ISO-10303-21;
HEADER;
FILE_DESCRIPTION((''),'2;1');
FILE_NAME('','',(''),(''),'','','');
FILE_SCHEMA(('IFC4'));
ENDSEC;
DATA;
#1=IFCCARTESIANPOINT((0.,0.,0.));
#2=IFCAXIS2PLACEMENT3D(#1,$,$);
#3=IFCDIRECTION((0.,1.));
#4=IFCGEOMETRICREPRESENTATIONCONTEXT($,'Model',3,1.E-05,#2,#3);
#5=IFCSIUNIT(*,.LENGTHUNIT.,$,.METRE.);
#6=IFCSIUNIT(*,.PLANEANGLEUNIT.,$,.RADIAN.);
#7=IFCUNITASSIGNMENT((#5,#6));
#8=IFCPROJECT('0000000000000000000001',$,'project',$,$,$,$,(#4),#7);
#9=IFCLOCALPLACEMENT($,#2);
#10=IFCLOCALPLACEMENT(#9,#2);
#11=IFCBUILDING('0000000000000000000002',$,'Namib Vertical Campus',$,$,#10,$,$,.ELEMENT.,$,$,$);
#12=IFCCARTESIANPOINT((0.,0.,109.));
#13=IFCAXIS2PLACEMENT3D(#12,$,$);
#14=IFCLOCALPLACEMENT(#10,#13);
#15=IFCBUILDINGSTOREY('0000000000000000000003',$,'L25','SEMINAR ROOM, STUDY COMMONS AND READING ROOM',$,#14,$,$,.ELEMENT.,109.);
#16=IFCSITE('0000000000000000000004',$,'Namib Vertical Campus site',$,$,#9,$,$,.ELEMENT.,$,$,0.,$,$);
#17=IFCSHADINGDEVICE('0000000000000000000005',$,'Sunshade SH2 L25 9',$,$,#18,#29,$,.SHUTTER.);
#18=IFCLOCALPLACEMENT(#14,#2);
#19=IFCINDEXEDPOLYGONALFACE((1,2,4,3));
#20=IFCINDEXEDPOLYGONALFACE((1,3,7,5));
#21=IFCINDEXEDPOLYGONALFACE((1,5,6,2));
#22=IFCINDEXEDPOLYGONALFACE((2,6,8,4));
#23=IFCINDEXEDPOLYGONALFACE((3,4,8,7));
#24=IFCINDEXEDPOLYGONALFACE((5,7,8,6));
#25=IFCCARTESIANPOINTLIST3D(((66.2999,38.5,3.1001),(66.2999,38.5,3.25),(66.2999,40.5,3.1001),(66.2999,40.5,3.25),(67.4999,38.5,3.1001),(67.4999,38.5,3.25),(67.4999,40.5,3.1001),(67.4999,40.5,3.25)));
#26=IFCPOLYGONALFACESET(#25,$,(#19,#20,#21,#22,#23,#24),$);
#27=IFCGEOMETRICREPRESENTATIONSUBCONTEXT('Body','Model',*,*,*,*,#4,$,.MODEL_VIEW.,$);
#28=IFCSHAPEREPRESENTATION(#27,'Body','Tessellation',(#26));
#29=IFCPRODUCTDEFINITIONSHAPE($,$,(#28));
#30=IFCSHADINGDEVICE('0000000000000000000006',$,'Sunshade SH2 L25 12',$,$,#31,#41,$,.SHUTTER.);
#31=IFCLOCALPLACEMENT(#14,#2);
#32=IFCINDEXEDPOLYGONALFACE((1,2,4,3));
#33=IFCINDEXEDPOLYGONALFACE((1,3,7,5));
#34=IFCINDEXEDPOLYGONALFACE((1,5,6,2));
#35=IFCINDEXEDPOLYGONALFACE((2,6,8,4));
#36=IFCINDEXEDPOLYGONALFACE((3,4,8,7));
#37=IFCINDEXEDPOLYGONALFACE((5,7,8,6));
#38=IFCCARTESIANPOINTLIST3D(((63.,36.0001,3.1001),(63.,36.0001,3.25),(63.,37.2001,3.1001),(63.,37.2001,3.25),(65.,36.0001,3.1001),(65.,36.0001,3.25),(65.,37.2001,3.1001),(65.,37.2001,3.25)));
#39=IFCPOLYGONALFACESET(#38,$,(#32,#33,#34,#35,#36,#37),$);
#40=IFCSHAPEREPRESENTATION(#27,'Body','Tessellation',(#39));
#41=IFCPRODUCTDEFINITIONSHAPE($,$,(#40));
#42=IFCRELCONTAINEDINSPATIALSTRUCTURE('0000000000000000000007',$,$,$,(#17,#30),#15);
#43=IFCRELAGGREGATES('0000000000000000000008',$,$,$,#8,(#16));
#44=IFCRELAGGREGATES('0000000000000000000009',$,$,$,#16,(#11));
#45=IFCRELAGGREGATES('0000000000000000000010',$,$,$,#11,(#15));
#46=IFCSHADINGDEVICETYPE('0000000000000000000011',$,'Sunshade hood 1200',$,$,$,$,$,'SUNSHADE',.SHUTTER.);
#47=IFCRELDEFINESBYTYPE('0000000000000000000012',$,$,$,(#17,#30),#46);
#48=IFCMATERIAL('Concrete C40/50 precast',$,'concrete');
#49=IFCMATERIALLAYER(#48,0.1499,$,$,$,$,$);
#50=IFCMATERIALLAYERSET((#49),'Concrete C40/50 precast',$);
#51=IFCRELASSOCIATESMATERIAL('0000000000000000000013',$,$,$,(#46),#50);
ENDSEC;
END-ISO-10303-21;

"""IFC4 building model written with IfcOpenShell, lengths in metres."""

from ifc_helpers import new_model, si_unit, direction, frame, origin, origin_2d, place, context, subcontext, project, spatial, rectangle, extrude, material, layer, layer_set, type_object, element, save


model = new_model("IFC4")

# Units and contexts
model_context = context("Model", 3, precision=1e-05, world=origin(), true_north=direction((0.0, 1.0)))
body_context = subcontext(model_context, "Body", "Model", "MODEL_VIEW")
ifc_project = project(units=[si_unit("LENGTHUNIT", "METRE"), si_unit("PLANEANGLEUNIT", "RADIAN")], contexts=[model_context])

# Site, building, storey
site_placement = place(None, origin())
site = spatial("IfcSite", under=ifc_project, at=site_placement, Name="Namib Vertical Campus site", CompositionType="ELEMENT", RefElevation=0.0)
building_placement = place(site_placement, origin())
building = spatial("IfcBuilding", under=site, at=building_placement, Name="Namib Vertical Campus", CompositionType="ELEMENT")
storey_placement = place(building_placement, frame((0.0, 0.0, 109.0)))
storey = spatial("IfcBuildingStorey", under=building, at=storey_placement, Name="L25", Description="SEMINAR ROOM, STUDY COMMONS AND READING ROOM", CompositionType="ELEMENT", Elevation=109.0)

# Shading devices
ifc_material_1 = material(Name="Concrete C40/50 precast", Category="concrete")
ifc_layer_1 = layer(ifc_material_1, 0.1499)
ifc_layer_set_1 = layer_set([ifc_layer_1], Name="Concrete C40/50 precast")
shading_device_type = type_object("IfcShadingDeviceType", Name="Sunshade hood 1200", ElementType="SUNSHADE", PredefinedType="SHUTTER", material=ifc_layer_set_1)
for number, where, z_axis, x_axis, name in (
    (1, (66.8999, 39.5, 3.1001), (0.0, 0.0, 1.0), (0.0, -1.0, 0.0), "Sunshade SH2 L25 9"),
    (2, (64.0, 36.6001, 3.1001), (0.0, 0.0, 1.0), (-1.0, 0.0, 0.0), "Sunshade SH2 L25 12"),
):
    element("IfcShadingDevice", number, at=place(storey_placement, frame(where, z_axis=z_axis, x_axis=x_axis)), inside=storey, type_object=shading_device_type, Name=name, PredefinedType="SHUTTER", context=body_context, shape_type="SweptSolid", body=[
        extrude(rectangle(XDim=2.0, YDim=1.2, at=origin_2d()), origin(), (0.0, 0.0, 1.0), 0.1499),
    ])

save(model, "model.ifc")
